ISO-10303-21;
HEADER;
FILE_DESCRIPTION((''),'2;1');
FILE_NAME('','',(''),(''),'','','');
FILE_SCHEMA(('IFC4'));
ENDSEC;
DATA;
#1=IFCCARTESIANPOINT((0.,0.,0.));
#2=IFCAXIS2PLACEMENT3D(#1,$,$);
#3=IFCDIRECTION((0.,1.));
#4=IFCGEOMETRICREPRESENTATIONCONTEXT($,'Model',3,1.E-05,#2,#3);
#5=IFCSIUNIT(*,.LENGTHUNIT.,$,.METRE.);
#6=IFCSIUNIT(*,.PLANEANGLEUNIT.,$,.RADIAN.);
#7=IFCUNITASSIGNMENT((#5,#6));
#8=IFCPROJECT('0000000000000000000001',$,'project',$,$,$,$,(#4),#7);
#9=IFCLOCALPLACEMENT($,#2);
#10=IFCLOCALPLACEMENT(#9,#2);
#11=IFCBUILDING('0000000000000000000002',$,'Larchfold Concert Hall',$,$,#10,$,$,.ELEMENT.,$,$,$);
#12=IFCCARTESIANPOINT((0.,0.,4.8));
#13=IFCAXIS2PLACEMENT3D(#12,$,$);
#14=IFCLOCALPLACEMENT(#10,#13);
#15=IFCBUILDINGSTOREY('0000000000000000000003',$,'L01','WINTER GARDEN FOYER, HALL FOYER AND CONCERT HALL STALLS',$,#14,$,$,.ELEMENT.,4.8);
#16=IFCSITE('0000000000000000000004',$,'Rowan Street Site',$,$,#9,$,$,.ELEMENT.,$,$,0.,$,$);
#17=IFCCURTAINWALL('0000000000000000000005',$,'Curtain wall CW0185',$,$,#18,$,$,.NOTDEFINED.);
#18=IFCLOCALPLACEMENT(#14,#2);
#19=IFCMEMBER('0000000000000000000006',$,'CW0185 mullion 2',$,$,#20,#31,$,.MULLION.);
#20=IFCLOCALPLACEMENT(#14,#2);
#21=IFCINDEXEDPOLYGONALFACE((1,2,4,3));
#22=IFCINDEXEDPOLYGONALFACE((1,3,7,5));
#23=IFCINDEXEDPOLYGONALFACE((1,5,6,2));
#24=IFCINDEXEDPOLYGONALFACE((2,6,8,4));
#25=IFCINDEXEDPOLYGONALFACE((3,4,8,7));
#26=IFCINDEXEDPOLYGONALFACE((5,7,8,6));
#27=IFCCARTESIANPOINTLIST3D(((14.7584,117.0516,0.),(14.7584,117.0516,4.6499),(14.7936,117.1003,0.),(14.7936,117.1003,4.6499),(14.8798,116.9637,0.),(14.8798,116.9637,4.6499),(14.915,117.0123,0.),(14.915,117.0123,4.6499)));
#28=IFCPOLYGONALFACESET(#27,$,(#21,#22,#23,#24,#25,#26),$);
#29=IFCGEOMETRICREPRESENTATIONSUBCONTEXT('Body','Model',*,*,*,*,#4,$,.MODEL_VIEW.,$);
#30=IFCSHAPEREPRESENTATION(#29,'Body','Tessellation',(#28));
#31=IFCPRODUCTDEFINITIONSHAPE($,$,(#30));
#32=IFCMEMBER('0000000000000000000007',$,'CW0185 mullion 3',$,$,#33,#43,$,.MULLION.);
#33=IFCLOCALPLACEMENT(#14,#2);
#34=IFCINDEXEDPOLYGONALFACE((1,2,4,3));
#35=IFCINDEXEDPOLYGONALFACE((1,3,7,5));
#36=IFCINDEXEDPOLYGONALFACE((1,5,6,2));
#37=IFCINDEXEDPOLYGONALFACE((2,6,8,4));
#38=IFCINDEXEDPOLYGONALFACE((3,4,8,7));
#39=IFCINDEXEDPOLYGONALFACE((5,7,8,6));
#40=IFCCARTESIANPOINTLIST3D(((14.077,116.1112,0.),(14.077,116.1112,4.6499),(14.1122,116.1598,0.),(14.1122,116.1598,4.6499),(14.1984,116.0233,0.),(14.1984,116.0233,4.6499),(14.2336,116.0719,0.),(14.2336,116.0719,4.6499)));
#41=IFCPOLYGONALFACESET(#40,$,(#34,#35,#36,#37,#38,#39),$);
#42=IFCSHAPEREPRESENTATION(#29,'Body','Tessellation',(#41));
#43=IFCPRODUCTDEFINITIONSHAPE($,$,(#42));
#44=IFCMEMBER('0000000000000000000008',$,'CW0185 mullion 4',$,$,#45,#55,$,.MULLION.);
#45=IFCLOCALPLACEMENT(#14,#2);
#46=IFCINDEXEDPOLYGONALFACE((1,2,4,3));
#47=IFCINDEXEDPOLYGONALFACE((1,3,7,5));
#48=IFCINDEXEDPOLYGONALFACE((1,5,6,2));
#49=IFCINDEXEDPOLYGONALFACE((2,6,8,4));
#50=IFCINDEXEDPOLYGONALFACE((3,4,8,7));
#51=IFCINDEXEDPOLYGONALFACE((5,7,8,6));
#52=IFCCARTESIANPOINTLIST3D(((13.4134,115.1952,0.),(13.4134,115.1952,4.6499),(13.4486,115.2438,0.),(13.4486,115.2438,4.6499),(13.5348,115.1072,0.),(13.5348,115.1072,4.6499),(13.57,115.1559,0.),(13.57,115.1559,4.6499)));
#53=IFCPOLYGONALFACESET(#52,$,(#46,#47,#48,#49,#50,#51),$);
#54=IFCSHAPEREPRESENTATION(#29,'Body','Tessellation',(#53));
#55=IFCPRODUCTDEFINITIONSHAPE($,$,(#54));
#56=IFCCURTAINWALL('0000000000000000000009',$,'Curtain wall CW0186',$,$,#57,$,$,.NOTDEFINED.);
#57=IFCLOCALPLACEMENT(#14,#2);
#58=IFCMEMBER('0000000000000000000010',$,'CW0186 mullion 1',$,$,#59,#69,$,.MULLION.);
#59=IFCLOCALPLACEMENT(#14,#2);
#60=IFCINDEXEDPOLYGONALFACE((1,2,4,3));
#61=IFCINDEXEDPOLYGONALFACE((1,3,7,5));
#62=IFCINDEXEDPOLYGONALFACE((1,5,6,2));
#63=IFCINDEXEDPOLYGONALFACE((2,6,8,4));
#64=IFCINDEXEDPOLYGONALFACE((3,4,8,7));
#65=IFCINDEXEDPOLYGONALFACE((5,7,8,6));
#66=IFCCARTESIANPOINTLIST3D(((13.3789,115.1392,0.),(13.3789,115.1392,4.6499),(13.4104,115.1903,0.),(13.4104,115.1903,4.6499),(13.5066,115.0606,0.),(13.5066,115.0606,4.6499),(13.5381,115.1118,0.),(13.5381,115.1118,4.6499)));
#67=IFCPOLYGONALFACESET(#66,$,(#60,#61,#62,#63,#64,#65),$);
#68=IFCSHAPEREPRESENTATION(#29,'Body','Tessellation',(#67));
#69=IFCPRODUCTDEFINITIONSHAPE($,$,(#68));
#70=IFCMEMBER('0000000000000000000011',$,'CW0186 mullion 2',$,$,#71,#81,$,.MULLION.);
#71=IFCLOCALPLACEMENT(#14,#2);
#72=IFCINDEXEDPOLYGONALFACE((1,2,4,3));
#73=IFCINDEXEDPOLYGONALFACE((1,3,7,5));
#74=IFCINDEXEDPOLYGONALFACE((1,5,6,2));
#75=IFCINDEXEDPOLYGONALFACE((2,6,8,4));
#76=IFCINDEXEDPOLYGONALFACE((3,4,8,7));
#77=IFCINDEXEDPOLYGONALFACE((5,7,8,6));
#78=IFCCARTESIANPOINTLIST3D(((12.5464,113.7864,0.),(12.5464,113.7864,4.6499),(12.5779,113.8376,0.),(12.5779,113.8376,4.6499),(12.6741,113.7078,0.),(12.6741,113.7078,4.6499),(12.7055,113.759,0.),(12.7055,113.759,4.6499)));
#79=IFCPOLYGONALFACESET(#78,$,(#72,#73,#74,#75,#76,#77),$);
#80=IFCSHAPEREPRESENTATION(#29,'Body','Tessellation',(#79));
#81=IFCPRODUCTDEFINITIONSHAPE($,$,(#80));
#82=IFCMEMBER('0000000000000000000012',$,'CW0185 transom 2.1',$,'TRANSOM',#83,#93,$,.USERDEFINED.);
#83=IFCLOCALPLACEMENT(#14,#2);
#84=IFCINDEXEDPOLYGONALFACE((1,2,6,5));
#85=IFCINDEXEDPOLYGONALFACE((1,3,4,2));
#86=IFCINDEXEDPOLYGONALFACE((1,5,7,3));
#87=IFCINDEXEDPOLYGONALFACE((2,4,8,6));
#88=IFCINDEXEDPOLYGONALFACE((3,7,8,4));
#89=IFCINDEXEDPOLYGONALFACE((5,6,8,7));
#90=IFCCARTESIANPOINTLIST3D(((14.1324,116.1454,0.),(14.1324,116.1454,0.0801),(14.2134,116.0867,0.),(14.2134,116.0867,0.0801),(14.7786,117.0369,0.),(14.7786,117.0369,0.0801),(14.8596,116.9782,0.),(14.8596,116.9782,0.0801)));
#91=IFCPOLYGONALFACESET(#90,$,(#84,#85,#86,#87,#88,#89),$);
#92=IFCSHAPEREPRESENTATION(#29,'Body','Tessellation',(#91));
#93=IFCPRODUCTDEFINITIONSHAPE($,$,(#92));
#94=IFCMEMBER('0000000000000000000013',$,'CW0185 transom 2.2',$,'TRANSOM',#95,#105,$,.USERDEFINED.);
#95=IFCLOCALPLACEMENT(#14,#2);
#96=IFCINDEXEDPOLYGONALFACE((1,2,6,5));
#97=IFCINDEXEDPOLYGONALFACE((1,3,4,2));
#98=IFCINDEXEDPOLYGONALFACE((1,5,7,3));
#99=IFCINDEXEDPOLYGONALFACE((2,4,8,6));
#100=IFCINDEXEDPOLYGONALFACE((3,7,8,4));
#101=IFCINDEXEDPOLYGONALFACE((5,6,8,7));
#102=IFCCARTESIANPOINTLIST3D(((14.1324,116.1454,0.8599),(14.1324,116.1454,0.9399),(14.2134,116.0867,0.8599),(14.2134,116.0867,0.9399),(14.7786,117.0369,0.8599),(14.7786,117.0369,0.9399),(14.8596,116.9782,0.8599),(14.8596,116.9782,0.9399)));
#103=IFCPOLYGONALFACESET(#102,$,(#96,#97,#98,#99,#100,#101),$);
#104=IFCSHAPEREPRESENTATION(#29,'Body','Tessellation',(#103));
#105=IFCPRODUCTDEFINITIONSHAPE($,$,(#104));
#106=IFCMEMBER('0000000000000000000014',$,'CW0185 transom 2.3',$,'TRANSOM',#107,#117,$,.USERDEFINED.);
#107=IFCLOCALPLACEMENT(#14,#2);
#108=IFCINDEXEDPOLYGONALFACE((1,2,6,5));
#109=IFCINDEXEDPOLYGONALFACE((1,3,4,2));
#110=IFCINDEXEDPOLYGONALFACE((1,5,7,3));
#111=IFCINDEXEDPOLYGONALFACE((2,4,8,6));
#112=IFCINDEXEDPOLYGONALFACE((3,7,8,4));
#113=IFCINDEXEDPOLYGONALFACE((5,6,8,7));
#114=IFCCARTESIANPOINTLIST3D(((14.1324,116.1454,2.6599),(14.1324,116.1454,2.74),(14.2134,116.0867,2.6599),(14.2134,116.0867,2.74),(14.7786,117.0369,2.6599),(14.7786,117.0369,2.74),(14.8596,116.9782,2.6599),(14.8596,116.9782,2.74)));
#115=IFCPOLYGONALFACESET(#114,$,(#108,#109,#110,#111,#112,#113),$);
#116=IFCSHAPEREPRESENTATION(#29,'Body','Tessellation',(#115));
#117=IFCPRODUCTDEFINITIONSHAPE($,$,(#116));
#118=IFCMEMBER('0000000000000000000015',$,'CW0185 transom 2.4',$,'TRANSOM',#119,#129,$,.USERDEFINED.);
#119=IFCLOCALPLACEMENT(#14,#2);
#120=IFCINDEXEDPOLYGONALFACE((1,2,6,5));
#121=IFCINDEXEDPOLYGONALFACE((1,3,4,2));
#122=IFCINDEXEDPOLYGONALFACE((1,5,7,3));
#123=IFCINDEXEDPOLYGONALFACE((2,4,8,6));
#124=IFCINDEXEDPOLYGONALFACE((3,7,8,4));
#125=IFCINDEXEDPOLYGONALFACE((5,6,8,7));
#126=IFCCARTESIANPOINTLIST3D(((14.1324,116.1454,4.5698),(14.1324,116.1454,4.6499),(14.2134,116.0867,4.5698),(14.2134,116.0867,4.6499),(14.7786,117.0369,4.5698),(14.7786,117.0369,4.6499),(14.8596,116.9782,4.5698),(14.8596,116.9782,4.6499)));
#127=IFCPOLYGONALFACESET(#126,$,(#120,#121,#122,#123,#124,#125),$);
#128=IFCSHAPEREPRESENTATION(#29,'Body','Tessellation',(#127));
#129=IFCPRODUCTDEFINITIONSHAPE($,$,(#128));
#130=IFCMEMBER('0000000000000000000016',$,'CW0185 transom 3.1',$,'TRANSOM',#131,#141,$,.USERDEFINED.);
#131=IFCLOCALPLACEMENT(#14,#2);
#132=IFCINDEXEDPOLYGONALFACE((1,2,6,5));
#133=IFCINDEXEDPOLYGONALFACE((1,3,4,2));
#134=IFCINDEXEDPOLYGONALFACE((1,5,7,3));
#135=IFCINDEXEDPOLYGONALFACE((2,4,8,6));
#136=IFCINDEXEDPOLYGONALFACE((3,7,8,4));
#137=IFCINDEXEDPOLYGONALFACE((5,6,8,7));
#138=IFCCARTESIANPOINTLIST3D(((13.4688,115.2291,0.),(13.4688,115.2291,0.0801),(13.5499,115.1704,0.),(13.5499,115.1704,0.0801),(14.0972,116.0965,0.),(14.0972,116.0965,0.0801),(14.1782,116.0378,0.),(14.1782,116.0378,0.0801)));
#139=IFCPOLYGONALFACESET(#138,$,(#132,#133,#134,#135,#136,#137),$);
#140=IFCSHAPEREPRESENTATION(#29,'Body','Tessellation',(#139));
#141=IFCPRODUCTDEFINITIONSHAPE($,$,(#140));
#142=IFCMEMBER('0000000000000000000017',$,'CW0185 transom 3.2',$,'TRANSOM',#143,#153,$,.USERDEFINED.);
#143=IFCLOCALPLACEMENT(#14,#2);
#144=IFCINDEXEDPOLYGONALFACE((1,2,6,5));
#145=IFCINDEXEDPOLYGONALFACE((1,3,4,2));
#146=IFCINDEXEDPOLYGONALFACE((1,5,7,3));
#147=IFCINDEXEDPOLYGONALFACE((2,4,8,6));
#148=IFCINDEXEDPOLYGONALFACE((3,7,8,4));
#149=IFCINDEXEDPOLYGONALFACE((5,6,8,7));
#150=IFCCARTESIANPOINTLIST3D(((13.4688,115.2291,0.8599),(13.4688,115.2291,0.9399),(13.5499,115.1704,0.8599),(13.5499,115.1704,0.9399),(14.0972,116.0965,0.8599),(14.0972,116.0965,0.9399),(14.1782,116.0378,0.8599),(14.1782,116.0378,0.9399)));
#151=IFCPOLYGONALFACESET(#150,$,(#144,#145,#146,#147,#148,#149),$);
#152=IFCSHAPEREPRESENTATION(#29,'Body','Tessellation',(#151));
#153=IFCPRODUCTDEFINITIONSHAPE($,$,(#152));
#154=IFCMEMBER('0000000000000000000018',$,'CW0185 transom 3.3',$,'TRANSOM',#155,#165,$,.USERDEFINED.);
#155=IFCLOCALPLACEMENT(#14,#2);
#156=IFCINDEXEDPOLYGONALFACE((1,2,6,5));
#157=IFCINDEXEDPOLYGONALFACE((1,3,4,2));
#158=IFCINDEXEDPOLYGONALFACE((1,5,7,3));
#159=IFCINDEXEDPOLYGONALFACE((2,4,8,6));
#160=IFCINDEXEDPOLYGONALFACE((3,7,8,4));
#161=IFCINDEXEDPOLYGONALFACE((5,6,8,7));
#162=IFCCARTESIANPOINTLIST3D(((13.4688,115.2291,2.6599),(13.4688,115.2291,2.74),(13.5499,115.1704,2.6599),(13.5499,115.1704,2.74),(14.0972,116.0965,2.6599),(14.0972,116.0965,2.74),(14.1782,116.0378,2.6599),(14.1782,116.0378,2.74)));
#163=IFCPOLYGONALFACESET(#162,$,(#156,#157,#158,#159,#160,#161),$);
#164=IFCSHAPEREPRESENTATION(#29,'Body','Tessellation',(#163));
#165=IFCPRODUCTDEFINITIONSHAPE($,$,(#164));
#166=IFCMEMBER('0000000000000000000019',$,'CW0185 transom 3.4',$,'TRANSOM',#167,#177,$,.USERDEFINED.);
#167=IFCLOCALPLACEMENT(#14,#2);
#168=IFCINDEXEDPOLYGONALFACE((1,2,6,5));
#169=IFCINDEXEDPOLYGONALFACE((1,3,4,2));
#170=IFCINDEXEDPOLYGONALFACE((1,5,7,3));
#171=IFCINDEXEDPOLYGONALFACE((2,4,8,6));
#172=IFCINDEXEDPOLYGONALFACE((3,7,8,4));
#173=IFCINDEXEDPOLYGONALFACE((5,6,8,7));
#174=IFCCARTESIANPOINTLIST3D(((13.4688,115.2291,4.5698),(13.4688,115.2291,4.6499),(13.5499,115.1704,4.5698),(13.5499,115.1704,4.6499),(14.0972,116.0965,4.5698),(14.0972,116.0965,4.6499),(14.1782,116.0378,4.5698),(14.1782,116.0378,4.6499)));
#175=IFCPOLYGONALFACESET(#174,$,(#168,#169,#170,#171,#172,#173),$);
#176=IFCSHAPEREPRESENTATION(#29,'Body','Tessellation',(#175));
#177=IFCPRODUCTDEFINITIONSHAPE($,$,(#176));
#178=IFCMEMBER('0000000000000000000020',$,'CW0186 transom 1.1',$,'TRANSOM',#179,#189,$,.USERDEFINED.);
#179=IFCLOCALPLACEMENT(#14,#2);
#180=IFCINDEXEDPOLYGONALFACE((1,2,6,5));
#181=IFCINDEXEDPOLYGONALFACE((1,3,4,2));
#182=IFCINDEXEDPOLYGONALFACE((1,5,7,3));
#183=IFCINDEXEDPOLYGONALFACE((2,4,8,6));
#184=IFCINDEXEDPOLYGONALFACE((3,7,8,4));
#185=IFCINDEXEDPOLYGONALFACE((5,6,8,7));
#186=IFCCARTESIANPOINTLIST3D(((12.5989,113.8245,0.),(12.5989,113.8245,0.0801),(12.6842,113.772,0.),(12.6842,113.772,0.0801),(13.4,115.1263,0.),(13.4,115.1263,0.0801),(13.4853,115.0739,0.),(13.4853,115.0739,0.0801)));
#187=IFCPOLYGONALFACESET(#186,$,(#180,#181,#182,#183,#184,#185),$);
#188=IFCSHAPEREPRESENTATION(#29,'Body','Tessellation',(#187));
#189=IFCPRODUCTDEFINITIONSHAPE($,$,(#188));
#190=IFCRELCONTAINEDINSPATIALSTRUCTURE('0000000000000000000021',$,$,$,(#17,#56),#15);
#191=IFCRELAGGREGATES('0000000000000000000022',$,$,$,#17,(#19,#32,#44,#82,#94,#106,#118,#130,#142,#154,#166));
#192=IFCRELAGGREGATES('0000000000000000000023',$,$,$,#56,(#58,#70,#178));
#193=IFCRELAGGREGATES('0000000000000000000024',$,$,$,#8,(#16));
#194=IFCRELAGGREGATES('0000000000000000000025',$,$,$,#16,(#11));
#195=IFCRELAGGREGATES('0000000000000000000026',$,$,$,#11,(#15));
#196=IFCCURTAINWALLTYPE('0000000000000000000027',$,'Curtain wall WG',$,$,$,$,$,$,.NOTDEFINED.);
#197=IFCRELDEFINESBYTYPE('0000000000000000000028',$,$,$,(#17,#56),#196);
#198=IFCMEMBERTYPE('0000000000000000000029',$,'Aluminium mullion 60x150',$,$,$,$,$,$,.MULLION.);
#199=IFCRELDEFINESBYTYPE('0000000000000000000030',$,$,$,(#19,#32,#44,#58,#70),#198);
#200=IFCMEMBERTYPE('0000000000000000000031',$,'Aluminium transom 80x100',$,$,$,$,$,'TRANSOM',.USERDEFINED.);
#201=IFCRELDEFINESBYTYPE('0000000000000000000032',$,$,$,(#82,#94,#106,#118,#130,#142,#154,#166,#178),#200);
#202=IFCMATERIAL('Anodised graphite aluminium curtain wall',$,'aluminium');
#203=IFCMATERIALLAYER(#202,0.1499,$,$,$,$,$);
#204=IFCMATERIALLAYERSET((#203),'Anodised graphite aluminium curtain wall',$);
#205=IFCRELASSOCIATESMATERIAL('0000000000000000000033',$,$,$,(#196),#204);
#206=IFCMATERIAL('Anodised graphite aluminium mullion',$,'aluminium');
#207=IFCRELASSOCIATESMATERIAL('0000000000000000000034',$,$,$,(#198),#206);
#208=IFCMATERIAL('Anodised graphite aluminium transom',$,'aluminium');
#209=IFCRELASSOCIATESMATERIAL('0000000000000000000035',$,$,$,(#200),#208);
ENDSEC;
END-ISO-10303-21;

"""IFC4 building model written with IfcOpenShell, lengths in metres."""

from ifc_helpers import new_model, si_unit, direction, frame, origin, origin_2d, place, context, subcontext, project, spatial, rectangle, extrude, material, layer, layer_set, material_profile, profile_set, type_object, element, aggregate, save


model = new_model("IFC4")

# Units and contexts
model_context = context("Model", 3, precision=1e-05, world=origin(), true_north=direction((0.0, 1.0)))
body_context = subcontext(model_context, "Body", "Model", "MODEL_VIEW")
ifc_project = project(units=[si_unit("LENGTHUNIT", "METRE"), si_unit("PLANEANGLEUNIT", "RADIAN")], contexts=[model_context])

# Site, building, storey
site_placement = place(None, origin())
site = spatial("IfcSite", under=ifc_project, at=site_placement, Name="Rowan Street Site", CompositionType="ELEMENT", RefElevation=0.0)
building_placement = place(site_placement, origin())
building = spatial("IfcBuilding", under=site, at=building_placement, Name="Larchfold Concert Hall", CompositionType="ELEMENT")
storey_placement = place(building_placement, frame((0.0, 0.0, 4.8)))
storey = spatial("IfcBuildingStorey", under=building, at=storey_placement, Name="L01", Description="WINTER GARDEN FOYER, HALL FOYER AND CONCERT HALL STALLS", CompositionType="ELEMENT", Elevation=4.8)

# Curtain walls, members
ifc_material_1 = material(Name="Anodised graphite aluminium curtain wall", Category="aluminium")
ifc_layer_1 = layer(ifc_material_1, 0.1499)
ifc_layer_set_1 = layer_set([ifc_layer_1], Name="Anodised graphite aluminium curtain wall")
curtain_wall_type = type_object("IfcCurtainWallType", Name="Curtain wall WG", PredefinedType="NOTDEFINED", material=ifc_layer_set_1)
curtain_wall_1_placement = place(storey_placement, origin())
curtain_wall_1 = element("IfcCurtainWall", 1, at=curtain_wall_1_placement, inside=storey, type_object=curtain_wall_type, Name="Curtain wall CW0185", PredefinedType="NOTDEFINED")
ifc_material_2 = material(Name="Anodised graphite aluminium mullion", Category="aluminium")
ifc_material_profile_1 = material_profile(ifc_material_2, rectangle(XDim=0.1499, YDim=0.0601, at=origin_2d()))
ifc_profile_set_1 = profile_set([ifc_material_profile_1], Name="Anodised graphite aluminium mullion")
member_type_1 = type_object("IfcMemberType", Name="Aluminium mullion 60x150", PredefinedType="MULLION", material=ifc_profile_set_1)
member_1_placement = place(storey_placement, frame((14.8367, 117.032, 0.0), z_axis=(0.0, 0.0, 1.0), x_axis=(0.809847, -0.586641, 0.0)))
member_1 = element("IfcMember", 2, at=member_1_placement, type_object=member_type_1, Name="CW0185 mullion 2", PredefinedType="MULLION", context=body_context, shape_type="SweptSolid", body=[
    extrude(rectangle(XDim=0.1499, YDim=0.0601, at=origin_2d()), origin(), (0.0, 0.0, 1.0), 4.6499),
])
member_2_placement = place(storey_placement, frame((14.1553, 116.0916, 0.0), z_axis=(0.0, 0.0, 1.0), x_axis=(0.809847, -0.586641, 0.0)))
member_2 = element("IfcMember", 3, at=member_2_placement, type_object=member_type_1, Name="CW0185 mullion 3", PredefinedType="MULLION", context=body_context, shape_type="SweptSolid", body=[
    extrude(rectangle(XDim=0.1499, YDim=0.0601, at=origin_2d()), origin(), (0.0, 0.0, 1.0), 4.6499),
])
member_3_placement = place(storey_placement, frame((13.4917, 115.1755, 0.0), z_axis=(0.0, 0.0, 1.0), x_axis=(0.809847, -0.586641, 0.0)))
member_3 = element("IfcMember", 4, at=member_3_placement, type_object=member_type_1, Name="CW0185 mullion 4", PredefinedType="MULLION", context=body_context, shape_type="SweptSolid", body=[
    extrude(rectangle(XDim=0.1499, YDim=0.0601, at=origin_2d()), origin(), (0.0, 0.0, 1.0), 4.6499),
])
curtain_wall_2_placement = place(storey_placement, origin())
curtain_wall_2 = element("IfcCurtainWall", 5, at=curtain_wall_2_placement, inside=storey, type_object=curtain_wall_type, Name="Curtain wall CW0186", PredefinedType="NOTDEFINED")
member_4_placement = place(storey_placement, frame((13.4585, 115.1255, 0.0), z_axis=(0.0, 0.0, 1.0), x_axis=(0.851669, -0.524081, 0.0)))
member_4 = element("IfcMember", 6, at=member_4_placement, type_object=member_type_1, Name="CW0186 mullion 1", PredefinedType="MULLION", context=body_context, shape_type="SweptSolid", body=[
    extrude(rectangle(XDim=0.1499, YDim=0.0601, at=origin_2d()), origin(), (0.0, 0.0, 1.0), 4.6499),
])
member_5_placement = place(storey_placement, frame((12.626, 113.7727, 0.0), z_axis=(0.0, 0.0, 1.0), x_axis=(0.851669, -0.524081, 0.0)))
member_5 = element("IfcMember", 7, at=member_5_placement, type_object=member_type_1, Name="CW0186 mullion 2", PredefinedType="MULLION", context=body_context, shape_type="SweptSolid", body=[
    extrude(rectangle(XDim=0.1499, YDim=0.0601, at=origin_2d()), origin(), (0.0, 0.0, 1.0), 4.6499),
])

# Members
ifc_material_3 = material(Name="Anodised graphite aluminium transom", Category="aluminium")
ifc_material_profile_2 = material_profile(ifc_material_3, rectangle(XDim=0.1001, YDim=0.0801, at=origin_2d()))
ifc_profile_set_2 = profile_set([ifc_material_profile_2], Name="Anodised graphite aluminium transom")
member_type_2 = type_object("IfcMemberType", Name="Aluminium transom 80x100", ElementType="TRANSOM", PredefinedType="USERDEFINED", material=ifc_profile_set_2)
member_6_placement = place(storey_placement, frame((14.8191, 117.0076, 0.04), z_axis=(-0.586866, -0.809684, 0.0), x_axis=(0.809684, -0.586866, 0.0)))
member_6 = element("IfcMember", 8, at=member_6_placement, type_object=member_type_2, Name="CW0185 transom 2.1", ObjectType="TRANSOM", PredefinedType="USERDEFINED", context=body_context, shape_type="SweptSolid", body=[
    extrude(rectangle(XDim=0.1001, YDim=0.0801, at=origin_2d()), origin(), (0.0, 0.0, 1.0), 1.1011),
])
member_7_placement = place(storey_placement, frame((14.8191, 117.0076, 0.8999), z_axis=(-0.586866, -0.809684, 0.0), x_axis=(0.809684, -0.586866, 0.0)))
member_7 = element("IfcMember", 9, at=member_7_placement, type_object=member_type_2, Name="CW0185 transom 2.2", ObjectType="TRANSOM", PredefinedType="USERDEFINED", context=body_context, shape_type="SweptSolid", body=[
    extrude(rectangle(XDim=0.1001, YDim=0.0801, at=origin_2d()), origin(), (0.0, 0.0, 1.0), 1.1011),
])
member_8_placement = place(storey_placement, frame((14.8191, 117.0076, 2.7), z_axis=(-0.586866, -0.809684, 0.0), x_axis=(0.809684, -0.586866, 0.0)))
member_8 = element("IfcMember", 10, at=member_8_placement, type_object=member_type_2, Name="CW0185 transom 2.3", ObjectType="TRANSOM", PredefinedType="USERDEFINED", context=body_context, shape_type="SweptSolid", body=[
    extrude(rectangle(XDim=0.1001, YDim=0.0801, at=origin_2d()), origin(), (0.0, 0.0, 1.0), 1.1011),
])
member_9_placement = place(storey_placement, frame((14.8191, 117.0076, 4.6099), z_axis=(-0.586866, -0.809684, 0.0), x_axis=(0.809684, -0.586866, 0.0)))
member_9 = element("IfcMember", 11, at=member_9_placement, type_object=member_type_2, Name="CW0185 transom 2.4", ObjectType="TRANSOM", PredefinedType="USERDEFINED", context=body_context, shape_type="SweptSolid", body=[
    extrude(rectangle(XDim=0.1001, YDim=0.0801, at=origin_2d()), origin(), (0.0, 0.0, 1.0), 1.1011),
])
member_10_placement = place(storey_placement, frame((14.1377, 116.0671, 0.04), z_axis=(-0.58668, -0.809819, 0.0), x_axis=(0.809819, -0.58668, 0.0)))
member_10 = element("IfcMember", 12, at=member_10_placement, type_object=member_type_2, Name="CW0185 transom 3.1", ObjectType="TRANSOM", PredefinedType="USERDEFINED", context=body_context, shape_type="SweptSolid", body=[
    extrude(rectangle(XDim=0.1001, YDim=0.0801, at=origin_2d()), origin(), (0.0, 0.0, 1.0), 1.071),
])
member_11_placement = place(storey_placement, frame((14.1377, 116.0671, 0.8999), z_axis=(-0.58668, -0.809819, 0.0), x_axis=(0.809819, -0.58668, 0.0)))
member_11 = element("IfcMember", 13, at=member_11_placement, type_object=member_type_2, Name="CW0185 transom 3.2", ObjectType="TRANSOM", PredefinedType="USERDEFINED", context=body_context, shape_type="SweptSolid", body=[
    extrude(rectangle(XDim=0.1001, YDim=0.0801, at=origin_2d()), origin(), (0.0, 0.0, 1.0), 1.071),
])
member_12_placement = place(storey_placement, frame((14.1377, 116.0671, 2.7), z_axis=(-0.58668, -0.809819, 0.0), x_axis=(0.809819, -0.58668, 0.0)))
member_12 = element("IfcMember", 14, at=member_12_placement, type_object=member_type_2, Name="CW0185 transom 3.3", ObjectType="TRANSOM", PredefinedType="USERDEFINED", context=body_context, shape_type="SweptSolid", body=[
    extrude(rectangle(XDim=0.1001, YDim=0.0801, at=origin_2d()), origin(), (0.0, 0.0, 1.0), 1.071),
])
member_13_placement = place(storey_placement, frame((14.1377, 116.0671, 4.6099), z_axis=(-0.58668, -0.809819, 0.0), x_axis=(0.809819, -0.58668, 0.0)))
member_13 = element("IfcMember", 15, at=member_13_placement, type_object=member_type_2, Name="CW0185 transom 3.4", ObjectType="TRANSOM", PredefinedType="USERDEFINED", context=body_context, shape_type="SweptSolid", body=[
    extrude(rectangle(XDim=0.1001, YDim=0.0801, at=origin_2d()), origin(), (0.0, 0.0, 1.0), 1.071),
])
member_14_placement = place(storey_placement, frame((13.4426, 115.1001, 0.04), z_axis=(-0.524071, -0.851675, 0.0), x_axis=(0.851675, -0.524071, 0.0)))
member_14 = element("IfcMember", 16, at=member_14_placement, type_object=member_type_2, Name="CW0186 transom 1.1", ObjectType="TRANSOM", PredefinedType="USERDEFINED", context=body_context, shape_type="SweptSolid", body=[
    extrude(rectangle(XDim=0.1001, YDim=0.0801, at=origin_2d()), origin(), (0.0, 0.0, 1.0), 1.5286),
])

aggregate(curtain_wall_1, [member_1, member_2, member_3, member_6, member_7, member_8, member_9, member_10, member_11, member_12, member_13])
aggregate(curtain_wall_2, [member_4, member_5, member_14])

save(model, "model.ifc")
